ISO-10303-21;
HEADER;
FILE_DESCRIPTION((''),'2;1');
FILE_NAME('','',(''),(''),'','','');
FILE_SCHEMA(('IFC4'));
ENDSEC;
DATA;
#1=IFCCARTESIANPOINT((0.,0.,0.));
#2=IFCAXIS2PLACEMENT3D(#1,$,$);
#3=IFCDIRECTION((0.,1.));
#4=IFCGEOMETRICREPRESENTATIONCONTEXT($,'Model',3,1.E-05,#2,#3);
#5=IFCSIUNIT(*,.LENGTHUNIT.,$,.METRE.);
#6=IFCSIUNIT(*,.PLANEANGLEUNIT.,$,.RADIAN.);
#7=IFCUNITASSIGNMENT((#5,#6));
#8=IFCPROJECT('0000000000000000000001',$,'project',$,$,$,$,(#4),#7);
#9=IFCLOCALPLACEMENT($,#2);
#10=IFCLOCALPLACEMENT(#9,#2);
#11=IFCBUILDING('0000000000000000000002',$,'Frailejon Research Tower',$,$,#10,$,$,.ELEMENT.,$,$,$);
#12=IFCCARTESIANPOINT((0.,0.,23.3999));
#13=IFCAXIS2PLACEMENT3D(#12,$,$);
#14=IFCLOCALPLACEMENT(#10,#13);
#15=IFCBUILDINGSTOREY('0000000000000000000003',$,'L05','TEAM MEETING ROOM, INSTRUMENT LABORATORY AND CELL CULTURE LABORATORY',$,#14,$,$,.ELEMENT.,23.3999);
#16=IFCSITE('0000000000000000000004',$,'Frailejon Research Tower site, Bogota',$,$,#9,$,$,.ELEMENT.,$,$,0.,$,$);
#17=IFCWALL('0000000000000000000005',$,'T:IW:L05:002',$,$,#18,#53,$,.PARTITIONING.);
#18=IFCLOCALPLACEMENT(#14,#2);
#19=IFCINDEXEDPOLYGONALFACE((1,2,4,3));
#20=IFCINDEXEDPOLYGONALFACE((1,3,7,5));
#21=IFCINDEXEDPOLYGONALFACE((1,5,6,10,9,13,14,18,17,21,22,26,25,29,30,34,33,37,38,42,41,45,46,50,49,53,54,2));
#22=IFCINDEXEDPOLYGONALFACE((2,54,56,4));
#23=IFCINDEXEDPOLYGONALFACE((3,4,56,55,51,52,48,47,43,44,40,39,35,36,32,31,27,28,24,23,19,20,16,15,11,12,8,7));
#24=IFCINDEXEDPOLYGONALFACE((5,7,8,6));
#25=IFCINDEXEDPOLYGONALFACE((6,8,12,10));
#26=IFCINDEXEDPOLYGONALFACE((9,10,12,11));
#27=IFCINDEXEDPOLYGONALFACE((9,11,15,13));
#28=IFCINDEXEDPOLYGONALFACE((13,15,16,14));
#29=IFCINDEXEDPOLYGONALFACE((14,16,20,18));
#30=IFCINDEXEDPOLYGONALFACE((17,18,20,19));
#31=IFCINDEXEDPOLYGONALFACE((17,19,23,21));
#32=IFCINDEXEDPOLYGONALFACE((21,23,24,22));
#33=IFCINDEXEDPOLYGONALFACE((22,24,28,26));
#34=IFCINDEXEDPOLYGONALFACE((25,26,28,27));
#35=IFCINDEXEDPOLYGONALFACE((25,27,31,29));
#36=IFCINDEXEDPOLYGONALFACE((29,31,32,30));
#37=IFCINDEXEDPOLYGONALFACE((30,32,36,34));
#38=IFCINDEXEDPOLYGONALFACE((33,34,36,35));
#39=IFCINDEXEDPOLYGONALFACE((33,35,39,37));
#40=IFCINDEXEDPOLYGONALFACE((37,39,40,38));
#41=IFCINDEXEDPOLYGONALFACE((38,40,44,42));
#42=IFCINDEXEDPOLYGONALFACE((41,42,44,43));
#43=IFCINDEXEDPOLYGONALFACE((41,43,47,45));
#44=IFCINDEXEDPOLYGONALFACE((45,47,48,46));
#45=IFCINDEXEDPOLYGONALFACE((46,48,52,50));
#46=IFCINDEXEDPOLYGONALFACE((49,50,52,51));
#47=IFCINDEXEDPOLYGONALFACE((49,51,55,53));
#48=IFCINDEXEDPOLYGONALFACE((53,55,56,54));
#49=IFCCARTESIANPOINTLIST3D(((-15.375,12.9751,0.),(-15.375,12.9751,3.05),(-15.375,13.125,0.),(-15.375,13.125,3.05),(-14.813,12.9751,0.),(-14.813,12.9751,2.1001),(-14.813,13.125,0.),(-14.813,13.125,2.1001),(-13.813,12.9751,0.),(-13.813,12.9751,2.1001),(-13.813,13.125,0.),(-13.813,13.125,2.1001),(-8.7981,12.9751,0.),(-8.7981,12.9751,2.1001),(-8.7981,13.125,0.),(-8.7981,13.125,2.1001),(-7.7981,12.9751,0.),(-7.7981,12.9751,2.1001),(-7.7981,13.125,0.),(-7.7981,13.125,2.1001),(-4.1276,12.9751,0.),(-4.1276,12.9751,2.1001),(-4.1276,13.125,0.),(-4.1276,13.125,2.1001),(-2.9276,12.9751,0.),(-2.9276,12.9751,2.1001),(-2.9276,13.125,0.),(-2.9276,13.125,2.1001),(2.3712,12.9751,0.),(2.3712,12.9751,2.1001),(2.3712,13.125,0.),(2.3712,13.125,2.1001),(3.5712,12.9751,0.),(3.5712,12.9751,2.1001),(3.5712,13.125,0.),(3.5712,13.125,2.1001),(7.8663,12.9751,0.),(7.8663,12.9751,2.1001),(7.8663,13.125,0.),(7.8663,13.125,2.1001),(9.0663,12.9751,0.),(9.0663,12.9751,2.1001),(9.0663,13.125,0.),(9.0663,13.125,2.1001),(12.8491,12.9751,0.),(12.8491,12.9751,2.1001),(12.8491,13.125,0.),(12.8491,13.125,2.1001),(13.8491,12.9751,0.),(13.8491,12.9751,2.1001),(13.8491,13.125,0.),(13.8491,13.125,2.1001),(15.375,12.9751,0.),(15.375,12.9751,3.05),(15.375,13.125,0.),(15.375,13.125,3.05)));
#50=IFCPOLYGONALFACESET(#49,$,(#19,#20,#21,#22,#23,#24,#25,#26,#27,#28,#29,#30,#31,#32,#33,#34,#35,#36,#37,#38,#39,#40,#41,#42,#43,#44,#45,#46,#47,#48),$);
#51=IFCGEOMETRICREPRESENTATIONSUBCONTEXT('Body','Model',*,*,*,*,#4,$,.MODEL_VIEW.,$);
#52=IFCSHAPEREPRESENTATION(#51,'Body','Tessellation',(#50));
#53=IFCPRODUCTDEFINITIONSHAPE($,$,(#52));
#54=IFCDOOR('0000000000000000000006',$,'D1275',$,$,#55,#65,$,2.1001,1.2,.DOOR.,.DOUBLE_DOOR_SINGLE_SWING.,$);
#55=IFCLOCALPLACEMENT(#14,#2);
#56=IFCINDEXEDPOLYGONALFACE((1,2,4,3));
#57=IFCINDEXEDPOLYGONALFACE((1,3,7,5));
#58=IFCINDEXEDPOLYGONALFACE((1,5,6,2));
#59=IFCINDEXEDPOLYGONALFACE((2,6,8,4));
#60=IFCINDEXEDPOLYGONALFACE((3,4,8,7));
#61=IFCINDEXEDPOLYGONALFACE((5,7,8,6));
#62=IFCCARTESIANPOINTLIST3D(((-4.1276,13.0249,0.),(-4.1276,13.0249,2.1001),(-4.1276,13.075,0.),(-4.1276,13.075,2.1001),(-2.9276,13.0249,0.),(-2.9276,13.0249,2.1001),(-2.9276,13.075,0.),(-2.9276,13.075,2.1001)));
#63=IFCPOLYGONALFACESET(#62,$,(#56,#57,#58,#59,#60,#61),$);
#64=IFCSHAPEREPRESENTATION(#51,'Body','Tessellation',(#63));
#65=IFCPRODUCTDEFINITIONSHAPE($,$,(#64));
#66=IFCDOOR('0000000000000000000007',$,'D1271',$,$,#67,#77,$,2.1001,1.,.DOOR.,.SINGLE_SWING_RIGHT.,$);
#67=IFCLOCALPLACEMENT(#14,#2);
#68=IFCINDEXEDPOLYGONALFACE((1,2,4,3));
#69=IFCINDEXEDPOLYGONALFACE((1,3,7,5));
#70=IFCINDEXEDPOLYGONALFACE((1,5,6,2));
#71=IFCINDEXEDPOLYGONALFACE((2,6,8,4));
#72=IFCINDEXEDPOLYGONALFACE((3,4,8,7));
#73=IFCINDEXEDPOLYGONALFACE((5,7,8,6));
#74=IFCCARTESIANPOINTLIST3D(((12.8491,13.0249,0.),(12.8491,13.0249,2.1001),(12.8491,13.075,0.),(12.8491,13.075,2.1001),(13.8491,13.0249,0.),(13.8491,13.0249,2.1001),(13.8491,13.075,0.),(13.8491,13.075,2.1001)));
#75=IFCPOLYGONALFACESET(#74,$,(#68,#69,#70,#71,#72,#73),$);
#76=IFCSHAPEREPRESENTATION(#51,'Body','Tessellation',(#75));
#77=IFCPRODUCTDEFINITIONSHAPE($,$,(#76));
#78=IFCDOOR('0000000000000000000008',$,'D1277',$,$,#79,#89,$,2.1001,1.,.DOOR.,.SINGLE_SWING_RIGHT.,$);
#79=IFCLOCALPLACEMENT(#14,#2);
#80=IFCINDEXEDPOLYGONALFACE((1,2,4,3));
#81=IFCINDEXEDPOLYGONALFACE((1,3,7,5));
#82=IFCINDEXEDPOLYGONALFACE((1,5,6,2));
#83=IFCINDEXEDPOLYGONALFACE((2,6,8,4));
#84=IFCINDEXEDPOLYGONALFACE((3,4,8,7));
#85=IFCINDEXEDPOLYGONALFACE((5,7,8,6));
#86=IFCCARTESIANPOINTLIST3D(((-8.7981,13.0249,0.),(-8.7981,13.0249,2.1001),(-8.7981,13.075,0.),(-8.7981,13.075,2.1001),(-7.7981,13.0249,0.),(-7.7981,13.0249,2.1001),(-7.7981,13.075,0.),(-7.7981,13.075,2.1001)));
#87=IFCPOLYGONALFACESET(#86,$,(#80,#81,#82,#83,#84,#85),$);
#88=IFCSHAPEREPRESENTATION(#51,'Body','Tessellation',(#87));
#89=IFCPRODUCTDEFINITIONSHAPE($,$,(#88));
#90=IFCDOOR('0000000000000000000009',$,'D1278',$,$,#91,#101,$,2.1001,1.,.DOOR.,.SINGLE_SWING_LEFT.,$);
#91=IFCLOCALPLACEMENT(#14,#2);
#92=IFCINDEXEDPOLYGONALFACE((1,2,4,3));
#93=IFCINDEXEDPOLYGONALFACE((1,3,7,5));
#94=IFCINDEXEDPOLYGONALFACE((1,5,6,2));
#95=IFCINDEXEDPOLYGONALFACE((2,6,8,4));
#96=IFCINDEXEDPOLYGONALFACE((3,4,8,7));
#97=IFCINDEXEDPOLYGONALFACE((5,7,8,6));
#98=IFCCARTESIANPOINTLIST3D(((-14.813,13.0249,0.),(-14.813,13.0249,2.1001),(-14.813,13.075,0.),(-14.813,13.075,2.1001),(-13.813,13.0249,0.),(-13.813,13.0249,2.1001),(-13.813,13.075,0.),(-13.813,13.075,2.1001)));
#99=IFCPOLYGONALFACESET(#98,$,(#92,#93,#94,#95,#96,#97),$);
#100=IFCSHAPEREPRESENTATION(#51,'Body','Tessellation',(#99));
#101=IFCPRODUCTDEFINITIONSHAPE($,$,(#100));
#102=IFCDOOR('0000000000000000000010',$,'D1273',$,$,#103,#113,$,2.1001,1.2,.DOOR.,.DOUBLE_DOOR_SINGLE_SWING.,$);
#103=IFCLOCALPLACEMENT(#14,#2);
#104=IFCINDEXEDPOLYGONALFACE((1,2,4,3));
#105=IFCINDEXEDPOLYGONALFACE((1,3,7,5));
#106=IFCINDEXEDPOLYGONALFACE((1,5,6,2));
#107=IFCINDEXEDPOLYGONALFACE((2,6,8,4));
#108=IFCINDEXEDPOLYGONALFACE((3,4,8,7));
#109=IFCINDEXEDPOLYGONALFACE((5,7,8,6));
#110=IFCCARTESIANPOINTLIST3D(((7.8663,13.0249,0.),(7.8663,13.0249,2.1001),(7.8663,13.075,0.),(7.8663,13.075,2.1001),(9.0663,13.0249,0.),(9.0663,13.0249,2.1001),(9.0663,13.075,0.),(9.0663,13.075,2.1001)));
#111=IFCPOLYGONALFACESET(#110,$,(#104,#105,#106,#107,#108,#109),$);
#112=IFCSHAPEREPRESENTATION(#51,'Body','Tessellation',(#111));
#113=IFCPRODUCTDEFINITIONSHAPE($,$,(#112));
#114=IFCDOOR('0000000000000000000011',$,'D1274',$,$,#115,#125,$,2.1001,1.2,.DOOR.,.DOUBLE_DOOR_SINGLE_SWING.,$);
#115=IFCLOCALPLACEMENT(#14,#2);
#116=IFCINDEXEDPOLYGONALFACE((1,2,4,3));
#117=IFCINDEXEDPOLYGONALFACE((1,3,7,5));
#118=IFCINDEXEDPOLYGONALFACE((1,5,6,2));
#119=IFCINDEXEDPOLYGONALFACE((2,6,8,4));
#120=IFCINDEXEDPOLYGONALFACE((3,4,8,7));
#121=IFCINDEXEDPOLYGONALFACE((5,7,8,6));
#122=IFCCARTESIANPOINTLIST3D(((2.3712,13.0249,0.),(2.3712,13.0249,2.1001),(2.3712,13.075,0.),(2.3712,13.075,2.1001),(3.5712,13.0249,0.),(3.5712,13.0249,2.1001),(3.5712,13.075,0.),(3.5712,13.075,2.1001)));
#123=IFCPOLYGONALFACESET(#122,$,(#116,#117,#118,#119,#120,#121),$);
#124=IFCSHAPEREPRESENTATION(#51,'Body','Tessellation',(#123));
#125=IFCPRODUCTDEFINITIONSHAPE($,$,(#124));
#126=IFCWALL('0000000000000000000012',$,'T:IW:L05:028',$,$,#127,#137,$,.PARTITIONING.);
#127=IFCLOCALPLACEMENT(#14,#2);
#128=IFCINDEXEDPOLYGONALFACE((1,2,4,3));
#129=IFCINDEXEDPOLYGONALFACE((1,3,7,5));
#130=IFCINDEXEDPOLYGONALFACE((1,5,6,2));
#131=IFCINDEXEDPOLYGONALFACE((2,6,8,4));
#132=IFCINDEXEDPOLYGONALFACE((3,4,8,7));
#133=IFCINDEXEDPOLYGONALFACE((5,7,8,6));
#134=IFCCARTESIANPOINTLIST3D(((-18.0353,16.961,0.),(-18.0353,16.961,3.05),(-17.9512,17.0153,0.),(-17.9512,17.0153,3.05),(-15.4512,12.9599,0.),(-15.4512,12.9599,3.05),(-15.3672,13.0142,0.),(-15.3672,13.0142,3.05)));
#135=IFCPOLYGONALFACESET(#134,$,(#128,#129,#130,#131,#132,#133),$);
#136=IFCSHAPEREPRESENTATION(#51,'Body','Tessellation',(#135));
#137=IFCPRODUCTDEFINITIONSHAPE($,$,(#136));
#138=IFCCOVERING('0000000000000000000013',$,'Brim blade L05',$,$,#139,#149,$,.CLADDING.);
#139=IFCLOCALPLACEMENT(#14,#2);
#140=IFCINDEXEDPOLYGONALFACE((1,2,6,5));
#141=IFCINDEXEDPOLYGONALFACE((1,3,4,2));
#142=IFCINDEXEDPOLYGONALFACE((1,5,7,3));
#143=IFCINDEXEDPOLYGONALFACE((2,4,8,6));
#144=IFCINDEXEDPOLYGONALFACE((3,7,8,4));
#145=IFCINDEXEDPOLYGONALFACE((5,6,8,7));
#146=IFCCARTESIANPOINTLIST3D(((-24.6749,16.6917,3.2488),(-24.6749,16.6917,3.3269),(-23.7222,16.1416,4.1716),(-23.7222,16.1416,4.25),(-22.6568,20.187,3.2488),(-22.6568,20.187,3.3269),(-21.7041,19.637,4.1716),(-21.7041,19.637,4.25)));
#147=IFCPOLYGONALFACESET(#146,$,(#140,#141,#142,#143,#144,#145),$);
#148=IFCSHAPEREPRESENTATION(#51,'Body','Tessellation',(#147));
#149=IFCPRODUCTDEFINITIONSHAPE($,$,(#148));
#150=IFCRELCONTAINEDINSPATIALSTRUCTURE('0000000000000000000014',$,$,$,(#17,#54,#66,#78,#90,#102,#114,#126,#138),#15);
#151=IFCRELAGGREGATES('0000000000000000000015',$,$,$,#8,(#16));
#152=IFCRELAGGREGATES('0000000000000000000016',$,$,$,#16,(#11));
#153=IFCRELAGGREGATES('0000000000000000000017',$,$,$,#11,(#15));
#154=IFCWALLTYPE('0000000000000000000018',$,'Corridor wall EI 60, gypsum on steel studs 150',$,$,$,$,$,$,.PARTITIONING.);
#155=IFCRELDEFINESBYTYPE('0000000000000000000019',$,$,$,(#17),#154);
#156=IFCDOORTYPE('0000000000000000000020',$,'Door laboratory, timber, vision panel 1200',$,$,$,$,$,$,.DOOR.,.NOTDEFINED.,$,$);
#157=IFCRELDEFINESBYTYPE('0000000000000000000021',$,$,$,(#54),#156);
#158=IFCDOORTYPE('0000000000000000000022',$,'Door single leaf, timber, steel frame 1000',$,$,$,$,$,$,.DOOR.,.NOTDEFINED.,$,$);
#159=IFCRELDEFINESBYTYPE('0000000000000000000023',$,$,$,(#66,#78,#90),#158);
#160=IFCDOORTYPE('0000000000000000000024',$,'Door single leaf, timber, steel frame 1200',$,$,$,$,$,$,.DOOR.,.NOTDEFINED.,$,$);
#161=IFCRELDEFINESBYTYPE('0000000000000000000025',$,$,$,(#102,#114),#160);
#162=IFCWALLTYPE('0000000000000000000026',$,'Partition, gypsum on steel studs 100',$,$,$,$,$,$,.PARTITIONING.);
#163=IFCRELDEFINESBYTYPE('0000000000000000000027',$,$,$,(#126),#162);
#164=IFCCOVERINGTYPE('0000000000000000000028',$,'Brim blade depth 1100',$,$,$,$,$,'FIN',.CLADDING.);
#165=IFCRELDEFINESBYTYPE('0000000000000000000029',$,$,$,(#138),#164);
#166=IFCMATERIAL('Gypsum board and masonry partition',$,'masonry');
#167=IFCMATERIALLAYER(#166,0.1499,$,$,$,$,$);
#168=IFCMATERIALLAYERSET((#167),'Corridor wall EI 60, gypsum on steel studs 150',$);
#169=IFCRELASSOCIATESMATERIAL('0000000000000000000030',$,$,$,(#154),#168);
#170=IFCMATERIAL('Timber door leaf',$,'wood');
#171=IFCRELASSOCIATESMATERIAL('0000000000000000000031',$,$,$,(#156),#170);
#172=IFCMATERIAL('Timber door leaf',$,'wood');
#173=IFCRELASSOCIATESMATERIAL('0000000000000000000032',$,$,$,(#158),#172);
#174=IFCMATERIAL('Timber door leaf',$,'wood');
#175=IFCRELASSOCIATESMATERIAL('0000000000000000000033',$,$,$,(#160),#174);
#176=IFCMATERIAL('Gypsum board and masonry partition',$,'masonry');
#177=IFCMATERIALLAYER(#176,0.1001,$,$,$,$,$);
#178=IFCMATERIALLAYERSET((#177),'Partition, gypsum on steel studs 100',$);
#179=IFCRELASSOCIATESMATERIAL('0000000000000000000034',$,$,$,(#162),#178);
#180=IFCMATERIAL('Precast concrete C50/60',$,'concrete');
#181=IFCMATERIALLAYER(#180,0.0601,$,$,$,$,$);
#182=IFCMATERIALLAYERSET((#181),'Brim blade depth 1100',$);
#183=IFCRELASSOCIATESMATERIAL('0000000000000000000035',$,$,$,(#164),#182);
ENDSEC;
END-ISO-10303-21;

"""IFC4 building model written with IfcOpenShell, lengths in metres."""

from ifc_helpers import new_model, si_unit, direction, frame, frame_2d, origin, place, context, subcontext, project, spatial, polyline, rectangle, outline, extrude, material, layer, layer_set, type_object, element, fill, save


model = new_model("IFC4")

# Units and contexts
model_context = context("Model", 3, precision=1e-05, world=origin(), true_north=direction((0.0, 1.0)))
body_context = subcontext(model_context, "Body", "Model", "MODEL_VIEW")
ifc_project = project(units=[si_unit("LENGTHUNIT", "METRE"), si_unit("PLANEANGLEUNIT", "RADIAN")], contexts=[model_context])

# Site, building, storey
site_placement = place(None, origin())
site = spatial("IfcSite", under=ifc_project, at=site_placement, Name="Frailejon Research Tower site, Bogota", CompositionType="ELEMENT", RefElevation=0.0)
building_placement = place(site_placement, origin())
building = spatial("IfcBuilding", under=site, at=building_placement, Name="Frailejon Research Tower", CompositionType="ELEMENT")
storey_placement = place(building_placement, frame((0.0, 0.0, 23.3999)))
storey = spatial("IfcBuildingStorey", under=building, at=storey_placement, Name="L05", Description="TEAM MEETING ROOM, INSTRUMENT LABORATORY AND CELL CULTURE LABORATORY", CompositionType="ELEMENT", Elevation=23.3999)

# Wall, openings, doors
ifc_material_1 = material(Name="Gypsum board and masonry partition", Category="masonry")
ifc_layer_1 = layer(ifc_material_1, 0.1499)
ifc_layer_set_1 = layer_set([ifc_layer_1], Name="Corridor wall EI 60, gypsum on steel studs 150")
wall_type_1 = type_object("IfcWallType", Name="Corridor wall EI 60, gypsum on steel studs 150", PredefinedType="PARTITIONING", material=ifc_layer_set_1)
wall_1_placement = place(storey_placement, frame((-15.375, 13.05, 0.0), z_axis=(0.0, 0.0, 1.0), x_axis=(1.0, 0.0, 0.0)))
wall_1 = element("IfcWall", 1, at=wall_1_placement, inside=storey, type_object=wall_type_1, Name="T:IW:L05:002", PredefinedType="PARTITIONING", context=body_context, shape_type="SweptSolid", body=[
    extrude(rectangle(XDim=30.75, YDim=0.1499, at=frame_2d((15.375, 0.0))), origin(), (0.0, 0.0, 1.0), 3.05),
])
opening_1_placement = place(wall_1_placement, frame((28.2241, 0.0, 0.0)))
opening_1 = element("IfcOpeningElement", 2, at=opening_1_placement, cuts=wall_1, PredefinedType="OPENING", context=body_context, shape_type="SweptSolid", body=[
    extrude(rectangle(XDim=1.0, YDim=2.1001, at=frame_2d((0.5, 1.05))), frame((0.0, 0.085, 0.0), z_axis=(0.0, -1.0, 0.0), x_axis=(1.0, 0.0, 0.0)), (0.0, 0.0, 1.0), 0.1699),
])
opening_2_placement = place(wall_1_placement, frame((23.2412, 0.0, 0.0)))
opening_2 = element("IfcOpeningElement", 3, at=opening_2_placement, cuts=wall_1, PredefinedType="OPENING", context=body_context, shape_type="SweptSolid", body=[
    extrude(rectangle(XDim=1.2, YDim=2.1001, at=frame_2d((0.6001, 1.05))), frame((0.0, 0.085, 0.0), z_axis=(0.0, -1.0, 0.0), x_axis=(1.0, 0.0, 0.0)), (0.0, 0.0, 1.0), 0.1699),
])
opening_3_placement = place(wall_1_placement, frame((17.7461, 0.0, 0.0)))
opening_3 = element("IfcOpeningElement", 4, at=opening_3_placement, cuts=wall_1, PredefinedType="OPENING", context=body_context, shape_type="SweptSolid", body=[
    extrude(rectangle(XDim=1.2, YDim=2.1001, at=frame_2d((0.6001, 1.05))), frame((0.0, 0.085, 0.0), z_axis=(0.0, -1.0, 0.0), x_axis=(1.0, 0.0, 0.0)), (0.0, 0.0, 1.0), 0.1699),
])
opening_4_placement = place(wall_1_placement, frame((11.2473, 0.0, 0.0)))
opening_4 = element("IfcOpeningElement", 5, at=opening_4_placement, cuts=wall_1, PredefinedType="OPENING", context=body_context, shape_type="SweptSolid", body=[
    extrude(rectangle(XDim=1.2, YDim=2.1001, at=frame_2d((0.6001, 1.05))), frame((0.0, 0.085, 0.0), z_axis=(0.0, -1.0, 0.0), x_axis=(1.0, 0.0, 0.0)), (0.0, 0.0, 1.0), 0.1699),
])
opening_5_placement = place(wall_1_placement, frame((6.5769, 0.0, 0.0)))
opening_5 = element("IfcOpeningElement", 6, at=opening_5_placement, cuts=wall_1, PredefinedType="OPENING", context=body_context, shape_type="SweptSolid", body=[
    extrude(rectangle(XDim=1.0, YDim=2.1001, at=frame_2d((0.5, 1.05))), frame((0.0, 0.085, 0.0), z_axis=(0.0, -1.0, 0.0), x_axis=(1.0, 0.0, 0.0)), (0.0, 0.0, 1.0), 0.1699),
])
opening_6_placement = place(wall_1_placement, frame((0.562, 0.0, 0.0)))
opening_6 = element("IfcOpeningElement", 7, at=opening_6_placement, cuts=wall_1, PredefinedType="OPENING", context=body_context, shape_type="SweptSolid", body=[
    extrude(rectangle(XDim=1.0, YDim=2.1001, at=frame_2d((0.5, 1.05))), frame((0.0, 0.085, 0.0), z_axis=(0.0, -1.0, 0.0), x_axis=(1.0, 0.0, 0.0)), (0.0, 0.0, 1.0), 0.1699),
])
ifc_material_2 = material(Name="Timber door leaf", Category="wood")
door_type_1 = type_object("IfcDoorType", Name="Door laboratory, timber, vision panel 1200", OperationType="NOTDEFINED", PredefinedType="DOOR", material=ifc_material_2)
door_1_placement = place(opening_4_placement, origin())
door_1 = element("IfcDoor", 8, at=door_1_placement, inside=storey, type_object=door_type_1, Name="D1275", OperationType="DOUBLE_DOOR_SINGLE_SWING", OverallHeight=2.1001, OverallWidth=1.2, PredefinedType="DOOR", context=body_context, shape_type="SweptSolid", body=[
    extrude(rectangle(XDim=1.2, YDim=2.1001, at=frame_2d((0.6001, 1.05))), frame((0.0, 0.0249, 0.0), z_axis=(0.0, -1.0, 0.0), x_axis=(1.0, 0.0, 0.0)), (0.0, 0.0, 1.0), 0.05),
])
fill(opening_4, door_1)
ifc_material_3 = material(Name="Timber door leaf", Category="wood")
door_type_2 = type_object("IfcDoorType", Name="Door single leaf, timber, steel frame 1000", OperationType="NOTDEFINED", PredefinedType="DOOR", material=ifc_material_3)
door_2_placement = place(opening_1_placement, origin())
door_2 = element("IfcDoor", 9, at=door_2_placement, inside=storey, type_object=door_type_2, Name="D1271", OperationType="SINGLE_SWING_RIGHT", OverallHeight=2.1001, OverallWidth=1.0, PredefinedType="DOOR", context=body_context, shape_type="SweptSolid", body=[
    extrude(rectangle(XDim=1.0, YDim=2.1001, at=frame_2d((0.5, 1.05))), frame((0.0, 0.0249, 0.0), z_axis=(0.0, -1.0, 0.0), x_axis=(1.0, 0.0, 0.0)), (0.0, 0.0, 1.0), 0.05),
])
fill(opening_1, door_2)
door_3_placement = place(opening_5_placement, origin())
door_3 = element("IfcDoor", 10, at=door_3_placement, inside=storey, type_object=door_type_2, Name="D1277", OperationType="SINGLE_SWING_RIGHT", OverallHeight=2.1001, OverallWidth=1.0, PredefinedType="DOOR", context=body_context, shape_type="SweptSolid", body=[
    extrude(rectangle(XDim=1.0, YDim=2.1001, at=frame_2d((0.5, 1.05))), frame((0.0, 0.0249, 0.0), z_axis=(0.0, -1.0, 0.0), x_axis=(1.0, 0.0, 0.0)), (0.0, 0.0, 1.0), 0.05),
])
fill(opening_5, door_3)
door_4_placement = place(opening_6_placement, origin())
door_4 = element("IfcDoor", 11, at=door_4_placement, inside=storey, type_object=door_type_2, Name="D1278", OperationType="SINGLE_SWING_LEFT", OverallHeight=2.1001, OverallWidth=1.0, PredefinedType="DOOR", context=body_context, shape_type="SweptSolid", body=[
    extrude(rectangle(XDim=1.0, YDim=2.1001, at=frame_2d((0.5, 1.05))), frame((0.0, 0.0249, 0.0), z_axis=(0.0, -1.0, 0.0), x_axis=(1.0, 0.0, 0.0)), (0.0, 0.0, 1.0), 0.05),
])
fill(opening_6, door_4)
ifc_material_4 = material(Name="Timber door leaf", Category="wood")
door_type_3 = type_object("IfcDoorType", Name="Door single leaf, timber, steel frame 1200", OperationType="NOTDEFINED", PredefinedType="DOOR", material=ifc_material_4)
door_5_placement = place(opening_2_placement, origin())
door_5 = element("IfcDoor", 12, at=door_5_placement, inside=storey, type_object=door_type_3, Name="D1273", OperationType="DOUBLE_DOOR_SINGLE_SWING", OverallHeight=2.1001, OverallWidth=1.2, PredefinedType="DOOR", context=body_context, shape_type="SweptSolid", body=[
    extrude(rectangle(XDim=1.2, YDim=2.1001, at=frame_2d((0.6001, 1.05))), frame((0.0, 0.0249, 0.0), z_axis=(0.0, -1.0, 0.0), x_axis=(1.0, 0.0, 0.0)), (0.0, 0.0, 1.0), 0.05),
])
fill(opening_2, door_5)
door_6_placement = place(opening_3_placement, origin())
door_6 = element("IfcDoor", 13, at=door_6_placement, inside=storey, type_object=door_type_3, Name="D1274", OperationType="DOUBLE_DOOR_SINGLE_SWING", OverallHeight=2.1001, OverallWidth=1.2, PredefinedType="DOOR", context=body_context, shape_type="SweptSolid", body=[
    extrude(rectangle(XDim=1.2, YDim=2.1001, at=frame_2d((0.6001, 1.05))), frame((0.0, 0.0249, 0.0), z_axis=(0.0, -1.0, 0.0), x_axis=(1.0, 0.0, 0.0)), (0.0, 0.0, 1.0), 0.05),
])
fill(opening_3, door_6)

# Wall
ifc_material_5 = material(Name="Gypsum board and masonry partition", Category="masonry")
ifc_layer_2 = layer(ifc_material_5, 0.1001)
ifc_layer_set_2 = layer_set([ifc_layer_2], Name="Partition, gypsum on steel studs 100")
wall_type_2 = type_object("IfcWallType", Name="Partition, gypsum on steel studs 100", PredefinedType="PARTITIONING", material=ifc_layer_set_2)
wall_2_placement = place(storey_placement, frame((-17.9932, 16.988, 0.0), z_axis=(0.0, 0.0, 1.0), x_axis=(0.542528, -0.840037, 0.0)))
element("IfcWall", 14, at=wall_2_placement, inside=storey, type_object=wall_type_2, Name="T:IW:L05:028", PredefinedType="PARTITIONING", context=body_context, shape_type="SweptSolid", body=[
    extrude(rectangle(XDim=4.7629, YDim=0.1001, at=frame_2d((2.3813, 0.0))), origin(), (0.0, 0.0, 1.0), 3.05),
])

# Covering
ifc_material_6 = material(Name="Precast concrete C50/60", Category="concrete")
ifc_layer_3 = layer(ifc_material_6, 0.0601)
ifc_layer_set_3 = layer_set([ifc_layer_3], Name="Brim blade depth 1100")
covering_type = type_object("IfcCoveringType", Name="Brim blade depth 1100", ElementType="FIN", PredefinedType="CLADDING", material=ifc_layer_set_3)
covering_placement = place(storey_placement, frame((-23.7222, 16.1416, 4.25), z_axis=(0.500006, 0.866022, 0.0), x_axis=(-0.866022, 0.500006, 0.0)))
element("IfcCovering", 15, at=covering_placement, inside=storey, type_object=covering_type, Name="Brim blade L05", PredefinedType="CLADDING", context=body_context, shape_type="SweptSolid", body=[
    extrude(outline(polyline([(0.0, -0.0784), (1.1001, -1.0012), (1.1001, -0.9231), (0.0, 0.0), (0.0, -0.0784)])), origin(), (0.0, 0.0, 1.0), 4.0361),
])

save(model, "model.ifc")
